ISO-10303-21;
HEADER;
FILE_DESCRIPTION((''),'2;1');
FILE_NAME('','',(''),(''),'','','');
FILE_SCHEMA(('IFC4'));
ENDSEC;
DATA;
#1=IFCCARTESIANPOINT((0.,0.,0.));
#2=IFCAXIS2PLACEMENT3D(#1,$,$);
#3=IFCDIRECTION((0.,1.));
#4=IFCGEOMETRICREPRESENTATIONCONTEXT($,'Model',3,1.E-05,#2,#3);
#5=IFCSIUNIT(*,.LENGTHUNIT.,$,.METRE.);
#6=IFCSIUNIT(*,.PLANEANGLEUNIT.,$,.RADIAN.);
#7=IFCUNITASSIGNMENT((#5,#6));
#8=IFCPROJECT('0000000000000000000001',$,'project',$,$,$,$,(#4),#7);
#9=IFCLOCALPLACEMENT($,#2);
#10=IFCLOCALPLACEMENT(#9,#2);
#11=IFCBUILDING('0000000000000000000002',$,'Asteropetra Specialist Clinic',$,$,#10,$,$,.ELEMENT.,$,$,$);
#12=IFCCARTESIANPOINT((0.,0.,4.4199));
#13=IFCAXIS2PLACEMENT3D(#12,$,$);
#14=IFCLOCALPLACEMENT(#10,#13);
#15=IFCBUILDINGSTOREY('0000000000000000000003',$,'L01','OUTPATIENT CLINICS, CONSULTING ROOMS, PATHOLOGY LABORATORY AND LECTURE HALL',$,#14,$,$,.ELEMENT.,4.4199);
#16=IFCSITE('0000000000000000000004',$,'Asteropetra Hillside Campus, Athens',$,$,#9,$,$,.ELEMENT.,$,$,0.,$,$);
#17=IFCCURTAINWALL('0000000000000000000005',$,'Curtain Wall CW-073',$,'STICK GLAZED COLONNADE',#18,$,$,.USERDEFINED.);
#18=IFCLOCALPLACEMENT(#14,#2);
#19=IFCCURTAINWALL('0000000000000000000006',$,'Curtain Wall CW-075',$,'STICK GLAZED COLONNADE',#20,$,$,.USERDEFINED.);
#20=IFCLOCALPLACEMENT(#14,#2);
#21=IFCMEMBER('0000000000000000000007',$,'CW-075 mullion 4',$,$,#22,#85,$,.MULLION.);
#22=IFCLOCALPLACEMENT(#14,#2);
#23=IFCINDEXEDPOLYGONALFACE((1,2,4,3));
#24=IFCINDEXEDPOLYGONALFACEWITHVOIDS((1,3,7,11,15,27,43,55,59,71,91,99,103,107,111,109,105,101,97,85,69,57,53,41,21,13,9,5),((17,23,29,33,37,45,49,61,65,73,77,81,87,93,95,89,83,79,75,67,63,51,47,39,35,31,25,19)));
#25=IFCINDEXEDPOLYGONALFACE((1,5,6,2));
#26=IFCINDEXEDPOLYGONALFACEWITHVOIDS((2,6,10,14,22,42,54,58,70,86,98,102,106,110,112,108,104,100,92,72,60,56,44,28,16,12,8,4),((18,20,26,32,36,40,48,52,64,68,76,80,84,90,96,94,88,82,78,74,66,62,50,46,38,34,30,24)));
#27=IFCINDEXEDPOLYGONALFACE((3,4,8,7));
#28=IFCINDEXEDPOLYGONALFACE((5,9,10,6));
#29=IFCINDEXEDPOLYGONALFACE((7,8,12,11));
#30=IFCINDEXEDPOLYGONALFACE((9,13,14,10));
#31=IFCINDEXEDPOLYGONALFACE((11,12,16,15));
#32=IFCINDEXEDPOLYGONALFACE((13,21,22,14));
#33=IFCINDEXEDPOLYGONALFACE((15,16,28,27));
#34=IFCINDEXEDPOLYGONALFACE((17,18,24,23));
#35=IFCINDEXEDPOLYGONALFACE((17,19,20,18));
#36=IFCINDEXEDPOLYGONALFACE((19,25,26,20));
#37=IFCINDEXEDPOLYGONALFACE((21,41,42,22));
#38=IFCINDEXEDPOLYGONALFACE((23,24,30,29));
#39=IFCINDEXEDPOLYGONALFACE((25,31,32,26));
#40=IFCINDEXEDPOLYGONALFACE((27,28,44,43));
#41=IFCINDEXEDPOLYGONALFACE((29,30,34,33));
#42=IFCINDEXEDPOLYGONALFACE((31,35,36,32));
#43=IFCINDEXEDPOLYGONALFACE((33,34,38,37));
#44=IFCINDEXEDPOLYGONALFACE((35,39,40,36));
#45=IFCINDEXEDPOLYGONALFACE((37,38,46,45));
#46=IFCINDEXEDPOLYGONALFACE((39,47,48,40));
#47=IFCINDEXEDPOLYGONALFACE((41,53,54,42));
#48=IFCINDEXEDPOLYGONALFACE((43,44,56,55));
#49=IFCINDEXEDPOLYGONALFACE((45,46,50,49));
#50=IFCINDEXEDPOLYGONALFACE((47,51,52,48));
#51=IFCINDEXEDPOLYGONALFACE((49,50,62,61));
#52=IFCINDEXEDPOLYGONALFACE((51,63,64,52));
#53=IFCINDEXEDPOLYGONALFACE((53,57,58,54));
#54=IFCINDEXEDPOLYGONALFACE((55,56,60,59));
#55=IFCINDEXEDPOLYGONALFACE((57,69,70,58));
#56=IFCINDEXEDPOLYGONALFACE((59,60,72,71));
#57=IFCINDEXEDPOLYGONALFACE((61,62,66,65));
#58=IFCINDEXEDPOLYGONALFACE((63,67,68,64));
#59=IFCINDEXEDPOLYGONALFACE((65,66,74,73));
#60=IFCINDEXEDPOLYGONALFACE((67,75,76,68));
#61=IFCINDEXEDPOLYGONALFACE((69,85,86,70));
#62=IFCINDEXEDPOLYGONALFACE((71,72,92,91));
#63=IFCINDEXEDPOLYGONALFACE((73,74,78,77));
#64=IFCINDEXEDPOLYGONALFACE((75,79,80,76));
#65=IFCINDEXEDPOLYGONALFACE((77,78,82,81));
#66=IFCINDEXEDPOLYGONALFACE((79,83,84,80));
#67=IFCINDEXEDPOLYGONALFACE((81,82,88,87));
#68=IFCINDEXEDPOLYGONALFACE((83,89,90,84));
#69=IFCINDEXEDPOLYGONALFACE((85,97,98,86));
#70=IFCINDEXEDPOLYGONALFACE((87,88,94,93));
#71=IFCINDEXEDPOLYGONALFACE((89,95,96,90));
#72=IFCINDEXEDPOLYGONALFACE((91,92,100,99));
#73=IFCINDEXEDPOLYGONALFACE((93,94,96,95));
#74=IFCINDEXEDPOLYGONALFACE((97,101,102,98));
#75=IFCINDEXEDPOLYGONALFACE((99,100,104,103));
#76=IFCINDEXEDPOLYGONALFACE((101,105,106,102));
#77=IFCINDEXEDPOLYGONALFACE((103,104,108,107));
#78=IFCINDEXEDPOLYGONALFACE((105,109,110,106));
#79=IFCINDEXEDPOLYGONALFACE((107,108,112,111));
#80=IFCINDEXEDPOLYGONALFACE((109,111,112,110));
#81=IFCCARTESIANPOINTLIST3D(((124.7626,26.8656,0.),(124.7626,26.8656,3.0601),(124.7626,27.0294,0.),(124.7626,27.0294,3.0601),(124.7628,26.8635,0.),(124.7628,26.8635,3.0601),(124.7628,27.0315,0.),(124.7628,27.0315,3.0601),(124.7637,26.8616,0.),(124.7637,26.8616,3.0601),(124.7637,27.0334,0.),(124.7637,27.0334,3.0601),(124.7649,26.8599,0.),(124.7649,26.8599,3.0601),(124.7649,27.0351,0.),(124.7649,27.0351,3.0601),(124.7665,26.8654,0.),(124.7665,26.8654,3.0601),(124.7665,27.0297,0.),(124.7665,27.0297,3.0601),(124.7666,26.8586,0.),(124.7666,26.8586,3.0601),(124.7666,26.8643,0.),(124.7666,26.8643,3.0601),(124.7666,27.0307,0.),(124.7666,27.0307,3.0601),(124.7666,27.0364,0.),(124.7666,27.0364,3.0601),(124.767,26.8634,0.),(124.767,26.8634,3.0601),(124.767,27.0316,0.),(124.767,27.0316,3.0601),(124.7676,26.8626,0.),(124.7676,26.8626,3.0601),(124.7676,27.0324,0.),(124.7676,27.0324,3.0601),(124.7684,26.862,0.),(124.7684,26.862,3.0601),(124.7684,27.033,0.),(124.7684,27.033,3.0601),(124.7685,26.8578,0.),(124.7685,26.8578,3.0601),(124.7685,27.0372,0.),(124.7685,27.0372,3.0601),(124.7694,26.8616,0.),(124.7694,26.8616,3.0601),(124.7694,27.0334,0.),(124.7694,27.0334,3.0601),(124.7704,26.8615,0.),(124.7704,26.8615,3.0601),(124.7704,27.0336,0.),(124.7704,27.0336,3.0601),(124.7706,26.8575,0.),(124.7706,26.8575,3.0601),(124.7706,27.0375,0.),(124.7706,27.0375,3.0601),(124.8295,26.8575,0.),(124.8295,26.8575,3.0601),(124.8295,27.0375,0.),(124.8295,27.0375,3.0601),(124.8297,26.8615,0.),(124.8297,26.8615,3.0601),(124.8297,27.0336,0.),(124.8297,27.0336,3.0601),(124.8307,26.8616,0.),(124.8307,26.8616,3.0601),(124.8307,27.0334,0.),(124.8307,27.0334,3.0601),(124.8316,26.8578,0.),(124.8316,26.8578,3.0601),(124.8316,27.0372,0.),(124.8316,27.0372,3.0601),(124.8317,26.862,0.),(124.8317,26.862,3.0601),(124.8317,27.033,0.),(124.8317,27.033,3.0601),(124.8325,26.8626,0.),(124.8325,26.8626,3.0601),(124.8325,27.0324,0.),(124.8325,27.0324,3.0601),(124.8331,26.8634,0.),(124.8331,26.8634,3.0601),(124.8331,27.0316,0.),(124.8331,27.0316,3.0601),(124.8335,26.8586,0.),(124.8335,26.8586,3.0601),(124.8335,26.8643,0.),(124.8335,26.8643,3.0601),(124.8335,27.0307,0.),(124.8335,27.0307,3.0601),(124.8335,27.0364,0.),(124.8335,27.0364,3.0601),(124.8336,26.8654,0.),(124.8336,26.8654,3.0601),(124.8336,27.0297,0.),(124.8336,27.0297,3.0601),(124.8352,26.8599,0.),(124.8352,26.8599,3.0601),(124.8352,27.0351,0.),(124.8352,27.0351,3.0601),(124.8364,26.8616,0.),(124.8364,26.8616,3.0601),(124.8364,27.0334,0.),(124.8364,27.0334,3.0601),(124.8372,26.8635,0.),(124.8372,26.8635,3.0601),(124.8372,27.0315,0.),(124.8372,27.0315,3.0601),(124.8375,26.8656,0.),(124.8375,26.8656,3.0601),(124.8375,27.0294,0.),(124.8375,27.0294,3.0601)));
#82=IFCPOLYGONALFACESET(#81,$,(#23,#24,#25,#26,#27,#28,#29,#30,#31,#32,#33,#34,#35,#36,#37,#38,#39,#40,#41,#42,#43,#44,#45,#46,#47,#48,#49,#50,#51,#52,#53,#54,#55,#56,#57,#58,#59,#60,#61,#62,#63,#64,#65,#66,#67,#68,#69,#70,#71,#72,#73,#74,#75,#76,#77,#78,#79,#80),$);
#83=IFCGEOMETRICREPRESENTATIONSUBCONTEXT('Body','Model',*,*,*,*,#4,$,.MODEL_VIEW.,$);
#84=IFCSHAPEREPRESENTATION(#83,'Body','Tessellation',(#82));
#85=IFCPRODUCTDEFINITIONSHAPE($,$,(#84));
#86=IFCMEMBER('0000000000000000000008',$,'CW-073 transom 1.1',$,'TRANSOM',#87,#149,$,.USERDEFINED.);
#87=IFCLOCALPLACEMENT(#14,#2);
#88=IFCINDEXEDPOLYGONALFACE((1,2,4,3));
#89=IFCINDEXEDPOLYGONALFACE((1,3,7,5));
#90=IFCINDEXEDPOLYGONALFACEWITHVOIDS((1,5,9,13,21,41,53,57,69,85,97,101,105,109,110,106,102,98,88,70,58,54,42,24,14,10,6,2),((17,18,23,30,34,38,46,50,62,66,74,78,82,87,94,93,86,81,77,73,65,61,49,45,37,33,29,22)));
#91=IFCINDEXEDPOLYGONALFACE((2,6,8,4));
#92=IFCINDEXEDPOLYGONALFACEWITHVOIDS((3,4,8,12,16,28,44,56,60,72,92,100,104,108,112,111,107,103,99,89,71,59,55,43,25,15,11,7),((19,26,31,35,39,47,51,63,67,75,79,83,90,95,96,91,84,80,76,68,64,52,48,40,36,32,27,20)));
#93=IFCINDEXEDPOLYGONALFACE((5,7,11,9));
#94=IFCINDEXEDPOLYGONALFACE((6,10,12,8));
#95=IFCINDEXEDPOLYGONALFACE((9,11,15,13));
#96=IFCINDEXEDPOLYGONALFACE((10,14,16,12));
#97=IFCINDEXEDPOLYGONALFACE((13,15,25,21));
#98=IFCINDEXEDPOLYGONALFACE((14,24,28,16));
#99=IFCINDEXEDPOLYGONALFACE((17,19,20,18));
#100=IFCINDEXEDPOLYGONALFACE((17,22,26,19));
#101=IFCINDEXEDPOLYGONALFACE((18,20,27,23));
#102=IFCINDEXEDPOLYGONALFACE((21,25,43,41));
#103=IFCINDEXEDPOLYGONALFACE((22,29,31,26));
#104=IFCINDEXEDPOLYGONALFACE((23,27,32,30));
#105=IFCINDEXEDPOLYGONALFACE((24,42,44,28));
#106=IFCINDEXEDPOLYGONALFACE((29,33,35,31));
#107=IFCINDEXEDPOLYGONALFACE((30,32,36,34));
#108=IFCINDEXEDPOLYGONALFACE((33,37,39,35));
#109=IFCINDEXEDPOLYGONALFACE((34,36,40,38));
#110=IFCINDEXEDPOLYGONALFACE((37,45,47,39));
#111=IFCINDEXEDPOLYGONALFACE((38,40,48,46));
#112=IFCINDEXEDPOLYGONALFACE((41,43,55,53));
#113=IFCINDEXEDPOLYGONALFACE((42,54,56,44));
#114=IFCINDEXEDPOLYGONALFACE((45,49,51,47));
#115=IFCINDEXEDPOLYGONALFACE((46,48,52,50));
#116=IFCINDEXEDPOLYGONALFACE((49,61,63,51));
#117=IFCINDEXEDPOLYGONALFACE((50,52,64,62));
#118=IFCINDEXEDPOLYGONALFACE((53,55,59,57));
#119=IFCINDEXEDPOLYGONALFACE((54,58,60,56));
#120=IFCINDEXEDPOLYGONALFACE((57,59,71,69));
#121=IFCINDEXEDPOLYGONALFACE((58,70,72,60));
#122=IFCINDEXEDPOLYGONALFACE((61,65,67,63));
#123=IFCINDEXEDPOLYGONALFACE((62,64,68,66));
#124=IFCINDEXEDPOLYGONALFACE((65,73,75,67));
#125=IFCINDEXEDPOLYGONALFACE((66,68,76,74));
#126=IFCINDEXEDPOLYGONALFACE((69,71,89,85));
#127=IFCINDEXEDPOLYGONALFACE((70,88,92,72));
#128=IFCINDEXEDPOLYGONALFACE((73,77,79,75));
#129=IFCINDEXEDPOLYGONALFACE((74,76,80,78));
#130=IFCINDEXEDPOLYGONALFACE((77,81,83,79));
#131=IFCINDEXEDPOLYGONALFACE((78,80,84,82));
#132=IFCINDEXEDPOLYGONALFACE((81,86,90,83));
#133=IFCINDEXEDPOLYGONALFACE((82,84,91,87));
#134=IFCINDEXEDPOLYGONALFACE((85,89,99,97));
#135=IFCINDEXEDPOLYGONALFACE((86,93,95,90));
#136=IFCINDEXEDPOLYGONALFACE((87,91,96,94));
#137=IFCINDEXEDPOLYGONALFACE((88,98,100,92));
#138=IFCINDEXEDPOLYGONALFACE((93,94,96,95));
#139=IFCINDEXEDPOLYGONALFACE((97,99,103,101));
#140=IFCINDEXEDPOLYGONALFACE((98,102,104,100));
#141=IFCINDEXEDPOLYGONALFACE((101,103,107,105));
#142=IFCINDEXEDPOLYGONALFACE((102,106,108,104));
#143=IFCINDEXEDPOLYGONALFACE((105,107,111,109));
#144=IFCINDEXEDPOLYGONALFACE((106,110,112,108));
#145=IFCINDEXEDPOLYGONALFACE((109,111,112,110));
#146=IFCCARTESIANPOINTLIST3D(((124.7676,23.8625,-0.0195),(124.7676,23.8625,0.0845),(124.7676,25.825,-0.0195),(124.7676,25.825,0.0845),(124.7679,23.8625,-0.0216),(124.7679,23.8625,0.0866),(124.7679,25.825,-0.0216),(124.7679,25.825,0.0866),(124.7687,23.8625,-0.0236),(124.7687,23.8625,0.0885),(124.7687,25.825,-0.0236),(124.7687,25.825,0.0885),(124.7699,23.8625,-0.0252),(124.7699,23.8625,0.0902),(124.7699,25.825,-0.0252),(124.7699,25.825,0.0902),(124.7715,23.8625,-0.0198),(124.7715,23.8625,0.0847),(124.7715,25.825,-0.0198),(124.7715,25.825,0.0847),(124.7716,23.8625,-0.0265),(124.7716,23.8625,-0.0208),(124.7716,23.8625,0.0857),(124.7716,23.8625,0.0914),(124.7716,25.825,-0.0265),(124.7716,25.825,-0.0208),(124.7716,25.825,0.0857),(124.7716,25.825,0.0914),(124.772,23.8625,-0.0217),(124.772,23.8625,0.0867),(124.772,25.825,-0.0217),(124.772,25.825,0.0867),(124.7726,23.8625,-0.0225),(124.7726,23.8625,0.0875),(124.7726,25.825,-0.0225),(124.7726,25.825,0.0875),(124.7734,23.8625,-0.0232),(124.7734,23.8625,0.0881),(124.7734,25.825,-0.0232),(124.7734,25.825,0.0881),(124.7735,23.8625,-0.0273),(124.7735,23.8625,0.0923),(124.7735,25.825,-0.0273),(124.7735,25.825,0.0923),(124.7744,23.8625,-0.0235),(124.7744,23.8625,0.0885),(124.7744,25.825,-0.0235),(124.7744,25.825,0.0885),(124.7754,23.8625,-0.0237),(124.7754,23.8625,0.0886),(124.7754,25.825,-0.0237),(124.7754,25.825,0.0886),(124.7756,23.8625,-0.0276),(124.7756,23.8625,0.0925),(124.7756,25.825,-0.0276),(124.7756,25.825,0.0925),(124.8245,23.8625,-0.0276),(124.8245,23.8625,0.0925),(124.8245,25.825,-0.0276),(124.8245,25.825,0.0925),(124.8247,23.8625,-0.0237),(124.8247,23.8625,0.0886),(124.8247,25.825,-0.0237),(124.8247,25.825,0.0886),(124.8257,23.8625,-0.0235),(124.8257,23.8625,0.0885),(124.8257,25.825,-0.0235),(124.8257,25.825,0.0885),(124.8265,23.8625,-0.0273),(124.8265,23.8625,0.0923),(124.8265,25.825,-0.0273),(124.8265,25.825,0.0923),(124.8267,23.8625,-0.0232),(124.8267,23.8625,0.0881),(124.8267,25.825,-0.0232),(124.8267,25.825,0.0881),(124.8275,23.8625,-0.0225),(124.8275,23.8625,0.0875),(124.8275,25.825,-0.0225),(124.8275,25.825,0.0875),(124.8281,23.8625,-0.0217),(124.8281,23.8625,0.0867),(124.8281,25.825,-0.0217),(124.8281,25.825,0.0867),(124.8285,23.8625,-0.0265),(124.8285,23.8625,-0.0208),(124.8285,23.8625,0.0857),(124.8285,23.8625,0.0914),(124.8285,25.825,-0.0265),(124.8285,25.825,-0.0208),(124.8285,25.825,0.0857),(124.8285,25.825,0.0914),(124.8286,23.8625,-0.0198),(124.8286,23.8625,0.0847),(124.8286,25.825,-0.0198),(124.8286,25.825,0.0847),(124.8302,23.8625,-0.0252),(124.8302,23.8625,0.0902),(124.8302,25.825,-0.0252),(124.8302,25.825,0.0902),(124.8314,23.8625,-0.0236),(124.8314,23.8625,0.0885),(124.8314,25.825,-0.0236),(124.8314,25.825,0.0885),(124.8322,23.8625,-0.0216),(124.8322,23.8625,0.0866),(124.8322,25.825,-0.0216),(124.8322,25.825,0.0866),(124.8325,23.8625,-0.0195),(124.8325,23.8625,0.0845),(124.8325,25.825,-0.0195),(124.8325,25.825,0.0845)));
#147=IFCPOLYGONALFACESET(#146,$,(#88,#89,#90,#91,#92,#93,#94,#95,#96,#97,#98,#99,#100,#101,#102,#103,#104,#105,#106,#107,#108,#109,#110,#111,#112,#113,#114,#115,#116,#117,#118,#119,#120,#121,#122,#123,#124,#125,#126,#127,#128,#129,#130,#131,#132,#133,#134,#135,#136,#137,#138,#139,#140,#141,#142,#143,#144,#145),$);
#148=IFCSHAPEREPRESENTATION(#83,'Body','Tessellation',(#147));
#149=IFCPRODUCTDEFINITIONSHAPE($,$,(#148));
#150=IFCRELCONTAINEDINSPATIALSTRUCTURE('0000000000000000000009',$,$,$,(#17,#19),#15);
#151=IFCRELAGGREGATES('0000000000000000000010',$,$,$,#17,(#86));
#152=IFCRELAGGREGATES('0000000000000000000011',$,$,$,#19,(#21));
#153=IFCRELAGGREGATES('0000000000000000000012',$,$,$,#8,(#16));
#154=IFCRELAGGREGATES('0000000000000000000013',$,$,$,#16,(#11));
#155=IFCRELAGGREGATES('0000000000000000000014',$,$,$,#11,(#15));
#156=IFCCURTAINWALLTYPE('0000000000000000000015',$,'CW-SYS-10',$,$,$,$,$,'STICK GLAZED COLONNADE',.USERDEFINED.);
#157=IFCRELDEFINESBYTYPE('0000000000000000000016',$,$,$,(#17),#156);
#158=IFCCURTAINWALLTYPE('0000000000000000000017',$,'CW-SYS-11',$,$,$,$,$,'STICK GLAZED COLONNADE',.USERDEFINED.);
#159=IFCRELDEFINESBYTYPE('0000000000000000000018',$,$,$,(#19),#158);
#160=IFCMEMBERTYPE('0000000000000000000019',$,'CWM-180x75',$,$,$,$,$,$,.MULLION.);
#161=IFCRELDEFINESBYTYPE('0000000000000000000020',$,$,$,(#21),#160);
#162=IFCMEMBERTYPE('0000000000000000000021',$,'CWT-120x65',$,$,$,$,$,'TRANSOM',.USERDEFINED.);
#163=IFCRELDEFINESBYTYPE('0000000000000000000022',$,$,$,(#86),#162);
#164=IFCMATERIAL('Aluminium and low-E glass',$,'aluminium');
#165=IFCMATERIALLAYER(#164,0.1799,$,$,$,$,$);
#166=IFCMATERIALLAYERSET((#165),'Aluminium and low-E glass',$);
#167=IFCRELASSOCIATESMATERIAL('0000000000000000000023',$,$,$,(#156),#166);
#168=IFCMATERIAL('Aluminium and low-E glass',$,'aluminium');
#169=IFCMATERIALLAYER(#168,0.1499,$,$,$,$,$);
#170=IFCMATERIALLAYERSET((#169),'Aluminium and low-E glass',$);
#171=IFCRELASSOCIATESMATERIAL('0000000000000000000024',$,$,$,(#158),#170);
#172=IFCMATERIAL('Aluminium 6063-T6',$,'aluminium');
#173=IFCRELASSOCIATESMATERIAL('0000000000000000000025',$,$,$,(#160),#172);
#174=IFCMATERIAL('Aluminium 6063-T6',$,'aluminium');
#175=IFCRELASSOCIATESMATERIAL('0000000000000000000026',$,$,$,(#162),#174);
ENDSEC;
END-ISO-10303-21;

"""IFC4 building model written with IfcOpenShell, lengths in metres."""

from ifc_helpers import new_model, si_unit, direction, frame, origin, origin_2d, place, context, subcontext, project, spatial, hollow_rectangle, extrude, material, layer, layer_set, material_profile, profile_set, type_object, element, aggregate, save


model = new_model("IFC4")

# Units and contexts
model_context = context("Model", 3, precision=1e-05, world=origin(), true_north=direction((0.0, 1.0)))
body_context = subcontext(model_context, "Body", "Model", "MODEL_VIEW")
ifc_project = project(units=[si_unit("LENGTHUNIT", "METRE"), si_unit("PLANEANGLEUNIT", "RADIAN")], contexts=[model_context])

# Site, building, storey
site_placement = place(None, origin())
site = spatial("IfcSite", under=ifc_project, at=site_placement, Name="Asteropetra Hillside Campus, Athens", CompositionType="ELEMENT", RefElevation=0.0)
building_placement = place(site_placement, origin())
building = spatial("IfcBuilding", under=site, at=building_placement, Name="Asteropetra Specialist Clinic", CompositionType="ELEMENT")
storey_placement = place(building_placement, frame((0.0, 0.0, 4.4199)))
storey = spatial("IfcBuildingStorey", under=building, at=storey_placement, Name="L01", Description="OUTPATIENT CLINICS, CONSULTING ROOMS, PATHOLOGY LABORATORY AND LECTURE HALL", CompositionType="ELEMENT", Elevation=4.4199)

# Curtain wall
ifc_material_1 = material(Name="Aluminium and low-E glass", Category="aluminium")
ifc_layer_1 = layer(ifc_material_1, 0.1799)
ifc_layer_set_1 = layer_set([ifc_layer_1], Name="Aluminium and low-E glass")
curtain_wall_type_1 = type_object("IfcCurtainWallType", Name="CW-SYS-10", ElementType="STICK GLAZED COLONNADE", PredefinedType="USERDEFINED", material=ifc_layer_set_1)
curtain_wall_1_placement = place(storey_placement, origin())
curtain_wall_1 = element("IfcCurtainWall", 1, at=curtain_wall_1_placement, inside=storey, type_object=curtain_wall_type_1, Name="Curtain Wall CW-073", ObjectType="STICK GLAZED COLONNADE", PredefinedType="USERDEFINED")

# Curtain wall, member
ifc_material_2 = material(Name="Aluminium and low-E glass", Category="aluminium")
ifc_layer_2 = layer(ifc_material_2, 0.1499)
ifc_layer_set_2 = layer_set([ifc_layer_2], Name="Aluminium and low-E glass")
curtain_wall_type_2 = type_object("IfcCurtainWallType", Name="CW-SYS-11", ElementType="STICK GLAZED COLONNADE", PredefinedType="USERDEFINED", material=ifc_layer_set_2)
curtain_wall_2_placement = place(storey_placement, origin())
curtain_wall_2 = element("IfcCurtainWall", 2, at=curtain_wall_2_placement, inside=storey, type_object=curtain_wall_type_2, Name="Curtain Wall CW-075", ObjectType="STICK GLAZED COLONNADE", PredefinedType="USERDEFINED")
ifc_material_3 = material(Name="Aluminium 6063-T6", Category="aluminium")
ifc_material_profile_1 = material_profile(ifc_material_3, hollow_rectangle(XDim=0.075, YDim=0.1799, WallThickness=0.0039, InnerFilletRadius=0.0039, OuterFilletRadius=0.0081, at=origin_2d()), Name="MUL 180x75x4.0")
ifc_profile_set_1 = profile_set([ifc_material_profile_1], Name="Aluminium 6063-T6")
member_type_1 = type_object("IfcMemberType", Name="CWM-180x75", PredefinedType="MULLION", material=ifc_profile_set_1)
member_1_placement = place(storey_placement, frame((124.8, 26.9475, 0.0), z_axis=(0.0, 0.0, 1.0), x_axis=(1.0, 0.0, 0.0)))
member_1 = element("IfcMember", 3, at=member_1_placement, type_object=member_type_1, Name="CW-075 mullion 4", PredefinedType="MULLION", context=body_context, shape_type="SweptSolid", body=[
    extrude(hollow_rectangle(XDim=0.075, YDim=0.1799, WallThickness=0.0039, InnerFilletRadius=0.0039, OuterFilletRadius=0.0081, at=origin_2d()), origin(), (0.0, 0.0, 1.0), 3.0601),
])

# Member
ifc_material_4 = material(Name="Aluminium 6063-T6", Category="aluminium")
ifc_material_profile_2 = material_profile(ifc_material_4, hollow_rectangle(XDim=0.0649, YDim=0.1201, WallThickness=0.0039, InnerFilletRadius=0.0039, OuterFilletRadius=0.0081, at=origin_2d()), Name="TRN 120x65x4.0")
ifc_profile_set_2 = profile_set([ifc_material_profile_2], Name="Aluminium 6063-T6")
member_type_2 = type_object("IfcMemberType", Name="CWT-120x65", ElementType="TRANSOM", PredefinedType="USERDEFINED", material=ifc_profile_set_2)
member_2_placement = place(storey_placement, frame((124.8, 25.825, 0.0325), z_axis=(0.0, -1.0, 0.0), x_axis=(1.0, 0.0, 0.0)))
member_2 = element("IfcMember", 4, at=member_2_placement, type_object=member_type_2, Name="CW-073 transom 1.1", ObjectType="TRANSOM", PredefinedType="USERDEFINED", context=body_context, shape_type="SweptSolid", body=[
    extrude(hollow_rectangle(XDim=0.0649, YDim=0.1201, WallThickness=0.0039, InnerFilletRadius=0.0039, OuterFilletRadius=0.0081, at=origin_2d()), origin(), (0.0, 0.0, 1.0), 1.9624),
])

aggregate(curtain_wall_1, [member_2])
aggregate(curtain_wall_2, [member_1])

save(model, "model.ifc")
